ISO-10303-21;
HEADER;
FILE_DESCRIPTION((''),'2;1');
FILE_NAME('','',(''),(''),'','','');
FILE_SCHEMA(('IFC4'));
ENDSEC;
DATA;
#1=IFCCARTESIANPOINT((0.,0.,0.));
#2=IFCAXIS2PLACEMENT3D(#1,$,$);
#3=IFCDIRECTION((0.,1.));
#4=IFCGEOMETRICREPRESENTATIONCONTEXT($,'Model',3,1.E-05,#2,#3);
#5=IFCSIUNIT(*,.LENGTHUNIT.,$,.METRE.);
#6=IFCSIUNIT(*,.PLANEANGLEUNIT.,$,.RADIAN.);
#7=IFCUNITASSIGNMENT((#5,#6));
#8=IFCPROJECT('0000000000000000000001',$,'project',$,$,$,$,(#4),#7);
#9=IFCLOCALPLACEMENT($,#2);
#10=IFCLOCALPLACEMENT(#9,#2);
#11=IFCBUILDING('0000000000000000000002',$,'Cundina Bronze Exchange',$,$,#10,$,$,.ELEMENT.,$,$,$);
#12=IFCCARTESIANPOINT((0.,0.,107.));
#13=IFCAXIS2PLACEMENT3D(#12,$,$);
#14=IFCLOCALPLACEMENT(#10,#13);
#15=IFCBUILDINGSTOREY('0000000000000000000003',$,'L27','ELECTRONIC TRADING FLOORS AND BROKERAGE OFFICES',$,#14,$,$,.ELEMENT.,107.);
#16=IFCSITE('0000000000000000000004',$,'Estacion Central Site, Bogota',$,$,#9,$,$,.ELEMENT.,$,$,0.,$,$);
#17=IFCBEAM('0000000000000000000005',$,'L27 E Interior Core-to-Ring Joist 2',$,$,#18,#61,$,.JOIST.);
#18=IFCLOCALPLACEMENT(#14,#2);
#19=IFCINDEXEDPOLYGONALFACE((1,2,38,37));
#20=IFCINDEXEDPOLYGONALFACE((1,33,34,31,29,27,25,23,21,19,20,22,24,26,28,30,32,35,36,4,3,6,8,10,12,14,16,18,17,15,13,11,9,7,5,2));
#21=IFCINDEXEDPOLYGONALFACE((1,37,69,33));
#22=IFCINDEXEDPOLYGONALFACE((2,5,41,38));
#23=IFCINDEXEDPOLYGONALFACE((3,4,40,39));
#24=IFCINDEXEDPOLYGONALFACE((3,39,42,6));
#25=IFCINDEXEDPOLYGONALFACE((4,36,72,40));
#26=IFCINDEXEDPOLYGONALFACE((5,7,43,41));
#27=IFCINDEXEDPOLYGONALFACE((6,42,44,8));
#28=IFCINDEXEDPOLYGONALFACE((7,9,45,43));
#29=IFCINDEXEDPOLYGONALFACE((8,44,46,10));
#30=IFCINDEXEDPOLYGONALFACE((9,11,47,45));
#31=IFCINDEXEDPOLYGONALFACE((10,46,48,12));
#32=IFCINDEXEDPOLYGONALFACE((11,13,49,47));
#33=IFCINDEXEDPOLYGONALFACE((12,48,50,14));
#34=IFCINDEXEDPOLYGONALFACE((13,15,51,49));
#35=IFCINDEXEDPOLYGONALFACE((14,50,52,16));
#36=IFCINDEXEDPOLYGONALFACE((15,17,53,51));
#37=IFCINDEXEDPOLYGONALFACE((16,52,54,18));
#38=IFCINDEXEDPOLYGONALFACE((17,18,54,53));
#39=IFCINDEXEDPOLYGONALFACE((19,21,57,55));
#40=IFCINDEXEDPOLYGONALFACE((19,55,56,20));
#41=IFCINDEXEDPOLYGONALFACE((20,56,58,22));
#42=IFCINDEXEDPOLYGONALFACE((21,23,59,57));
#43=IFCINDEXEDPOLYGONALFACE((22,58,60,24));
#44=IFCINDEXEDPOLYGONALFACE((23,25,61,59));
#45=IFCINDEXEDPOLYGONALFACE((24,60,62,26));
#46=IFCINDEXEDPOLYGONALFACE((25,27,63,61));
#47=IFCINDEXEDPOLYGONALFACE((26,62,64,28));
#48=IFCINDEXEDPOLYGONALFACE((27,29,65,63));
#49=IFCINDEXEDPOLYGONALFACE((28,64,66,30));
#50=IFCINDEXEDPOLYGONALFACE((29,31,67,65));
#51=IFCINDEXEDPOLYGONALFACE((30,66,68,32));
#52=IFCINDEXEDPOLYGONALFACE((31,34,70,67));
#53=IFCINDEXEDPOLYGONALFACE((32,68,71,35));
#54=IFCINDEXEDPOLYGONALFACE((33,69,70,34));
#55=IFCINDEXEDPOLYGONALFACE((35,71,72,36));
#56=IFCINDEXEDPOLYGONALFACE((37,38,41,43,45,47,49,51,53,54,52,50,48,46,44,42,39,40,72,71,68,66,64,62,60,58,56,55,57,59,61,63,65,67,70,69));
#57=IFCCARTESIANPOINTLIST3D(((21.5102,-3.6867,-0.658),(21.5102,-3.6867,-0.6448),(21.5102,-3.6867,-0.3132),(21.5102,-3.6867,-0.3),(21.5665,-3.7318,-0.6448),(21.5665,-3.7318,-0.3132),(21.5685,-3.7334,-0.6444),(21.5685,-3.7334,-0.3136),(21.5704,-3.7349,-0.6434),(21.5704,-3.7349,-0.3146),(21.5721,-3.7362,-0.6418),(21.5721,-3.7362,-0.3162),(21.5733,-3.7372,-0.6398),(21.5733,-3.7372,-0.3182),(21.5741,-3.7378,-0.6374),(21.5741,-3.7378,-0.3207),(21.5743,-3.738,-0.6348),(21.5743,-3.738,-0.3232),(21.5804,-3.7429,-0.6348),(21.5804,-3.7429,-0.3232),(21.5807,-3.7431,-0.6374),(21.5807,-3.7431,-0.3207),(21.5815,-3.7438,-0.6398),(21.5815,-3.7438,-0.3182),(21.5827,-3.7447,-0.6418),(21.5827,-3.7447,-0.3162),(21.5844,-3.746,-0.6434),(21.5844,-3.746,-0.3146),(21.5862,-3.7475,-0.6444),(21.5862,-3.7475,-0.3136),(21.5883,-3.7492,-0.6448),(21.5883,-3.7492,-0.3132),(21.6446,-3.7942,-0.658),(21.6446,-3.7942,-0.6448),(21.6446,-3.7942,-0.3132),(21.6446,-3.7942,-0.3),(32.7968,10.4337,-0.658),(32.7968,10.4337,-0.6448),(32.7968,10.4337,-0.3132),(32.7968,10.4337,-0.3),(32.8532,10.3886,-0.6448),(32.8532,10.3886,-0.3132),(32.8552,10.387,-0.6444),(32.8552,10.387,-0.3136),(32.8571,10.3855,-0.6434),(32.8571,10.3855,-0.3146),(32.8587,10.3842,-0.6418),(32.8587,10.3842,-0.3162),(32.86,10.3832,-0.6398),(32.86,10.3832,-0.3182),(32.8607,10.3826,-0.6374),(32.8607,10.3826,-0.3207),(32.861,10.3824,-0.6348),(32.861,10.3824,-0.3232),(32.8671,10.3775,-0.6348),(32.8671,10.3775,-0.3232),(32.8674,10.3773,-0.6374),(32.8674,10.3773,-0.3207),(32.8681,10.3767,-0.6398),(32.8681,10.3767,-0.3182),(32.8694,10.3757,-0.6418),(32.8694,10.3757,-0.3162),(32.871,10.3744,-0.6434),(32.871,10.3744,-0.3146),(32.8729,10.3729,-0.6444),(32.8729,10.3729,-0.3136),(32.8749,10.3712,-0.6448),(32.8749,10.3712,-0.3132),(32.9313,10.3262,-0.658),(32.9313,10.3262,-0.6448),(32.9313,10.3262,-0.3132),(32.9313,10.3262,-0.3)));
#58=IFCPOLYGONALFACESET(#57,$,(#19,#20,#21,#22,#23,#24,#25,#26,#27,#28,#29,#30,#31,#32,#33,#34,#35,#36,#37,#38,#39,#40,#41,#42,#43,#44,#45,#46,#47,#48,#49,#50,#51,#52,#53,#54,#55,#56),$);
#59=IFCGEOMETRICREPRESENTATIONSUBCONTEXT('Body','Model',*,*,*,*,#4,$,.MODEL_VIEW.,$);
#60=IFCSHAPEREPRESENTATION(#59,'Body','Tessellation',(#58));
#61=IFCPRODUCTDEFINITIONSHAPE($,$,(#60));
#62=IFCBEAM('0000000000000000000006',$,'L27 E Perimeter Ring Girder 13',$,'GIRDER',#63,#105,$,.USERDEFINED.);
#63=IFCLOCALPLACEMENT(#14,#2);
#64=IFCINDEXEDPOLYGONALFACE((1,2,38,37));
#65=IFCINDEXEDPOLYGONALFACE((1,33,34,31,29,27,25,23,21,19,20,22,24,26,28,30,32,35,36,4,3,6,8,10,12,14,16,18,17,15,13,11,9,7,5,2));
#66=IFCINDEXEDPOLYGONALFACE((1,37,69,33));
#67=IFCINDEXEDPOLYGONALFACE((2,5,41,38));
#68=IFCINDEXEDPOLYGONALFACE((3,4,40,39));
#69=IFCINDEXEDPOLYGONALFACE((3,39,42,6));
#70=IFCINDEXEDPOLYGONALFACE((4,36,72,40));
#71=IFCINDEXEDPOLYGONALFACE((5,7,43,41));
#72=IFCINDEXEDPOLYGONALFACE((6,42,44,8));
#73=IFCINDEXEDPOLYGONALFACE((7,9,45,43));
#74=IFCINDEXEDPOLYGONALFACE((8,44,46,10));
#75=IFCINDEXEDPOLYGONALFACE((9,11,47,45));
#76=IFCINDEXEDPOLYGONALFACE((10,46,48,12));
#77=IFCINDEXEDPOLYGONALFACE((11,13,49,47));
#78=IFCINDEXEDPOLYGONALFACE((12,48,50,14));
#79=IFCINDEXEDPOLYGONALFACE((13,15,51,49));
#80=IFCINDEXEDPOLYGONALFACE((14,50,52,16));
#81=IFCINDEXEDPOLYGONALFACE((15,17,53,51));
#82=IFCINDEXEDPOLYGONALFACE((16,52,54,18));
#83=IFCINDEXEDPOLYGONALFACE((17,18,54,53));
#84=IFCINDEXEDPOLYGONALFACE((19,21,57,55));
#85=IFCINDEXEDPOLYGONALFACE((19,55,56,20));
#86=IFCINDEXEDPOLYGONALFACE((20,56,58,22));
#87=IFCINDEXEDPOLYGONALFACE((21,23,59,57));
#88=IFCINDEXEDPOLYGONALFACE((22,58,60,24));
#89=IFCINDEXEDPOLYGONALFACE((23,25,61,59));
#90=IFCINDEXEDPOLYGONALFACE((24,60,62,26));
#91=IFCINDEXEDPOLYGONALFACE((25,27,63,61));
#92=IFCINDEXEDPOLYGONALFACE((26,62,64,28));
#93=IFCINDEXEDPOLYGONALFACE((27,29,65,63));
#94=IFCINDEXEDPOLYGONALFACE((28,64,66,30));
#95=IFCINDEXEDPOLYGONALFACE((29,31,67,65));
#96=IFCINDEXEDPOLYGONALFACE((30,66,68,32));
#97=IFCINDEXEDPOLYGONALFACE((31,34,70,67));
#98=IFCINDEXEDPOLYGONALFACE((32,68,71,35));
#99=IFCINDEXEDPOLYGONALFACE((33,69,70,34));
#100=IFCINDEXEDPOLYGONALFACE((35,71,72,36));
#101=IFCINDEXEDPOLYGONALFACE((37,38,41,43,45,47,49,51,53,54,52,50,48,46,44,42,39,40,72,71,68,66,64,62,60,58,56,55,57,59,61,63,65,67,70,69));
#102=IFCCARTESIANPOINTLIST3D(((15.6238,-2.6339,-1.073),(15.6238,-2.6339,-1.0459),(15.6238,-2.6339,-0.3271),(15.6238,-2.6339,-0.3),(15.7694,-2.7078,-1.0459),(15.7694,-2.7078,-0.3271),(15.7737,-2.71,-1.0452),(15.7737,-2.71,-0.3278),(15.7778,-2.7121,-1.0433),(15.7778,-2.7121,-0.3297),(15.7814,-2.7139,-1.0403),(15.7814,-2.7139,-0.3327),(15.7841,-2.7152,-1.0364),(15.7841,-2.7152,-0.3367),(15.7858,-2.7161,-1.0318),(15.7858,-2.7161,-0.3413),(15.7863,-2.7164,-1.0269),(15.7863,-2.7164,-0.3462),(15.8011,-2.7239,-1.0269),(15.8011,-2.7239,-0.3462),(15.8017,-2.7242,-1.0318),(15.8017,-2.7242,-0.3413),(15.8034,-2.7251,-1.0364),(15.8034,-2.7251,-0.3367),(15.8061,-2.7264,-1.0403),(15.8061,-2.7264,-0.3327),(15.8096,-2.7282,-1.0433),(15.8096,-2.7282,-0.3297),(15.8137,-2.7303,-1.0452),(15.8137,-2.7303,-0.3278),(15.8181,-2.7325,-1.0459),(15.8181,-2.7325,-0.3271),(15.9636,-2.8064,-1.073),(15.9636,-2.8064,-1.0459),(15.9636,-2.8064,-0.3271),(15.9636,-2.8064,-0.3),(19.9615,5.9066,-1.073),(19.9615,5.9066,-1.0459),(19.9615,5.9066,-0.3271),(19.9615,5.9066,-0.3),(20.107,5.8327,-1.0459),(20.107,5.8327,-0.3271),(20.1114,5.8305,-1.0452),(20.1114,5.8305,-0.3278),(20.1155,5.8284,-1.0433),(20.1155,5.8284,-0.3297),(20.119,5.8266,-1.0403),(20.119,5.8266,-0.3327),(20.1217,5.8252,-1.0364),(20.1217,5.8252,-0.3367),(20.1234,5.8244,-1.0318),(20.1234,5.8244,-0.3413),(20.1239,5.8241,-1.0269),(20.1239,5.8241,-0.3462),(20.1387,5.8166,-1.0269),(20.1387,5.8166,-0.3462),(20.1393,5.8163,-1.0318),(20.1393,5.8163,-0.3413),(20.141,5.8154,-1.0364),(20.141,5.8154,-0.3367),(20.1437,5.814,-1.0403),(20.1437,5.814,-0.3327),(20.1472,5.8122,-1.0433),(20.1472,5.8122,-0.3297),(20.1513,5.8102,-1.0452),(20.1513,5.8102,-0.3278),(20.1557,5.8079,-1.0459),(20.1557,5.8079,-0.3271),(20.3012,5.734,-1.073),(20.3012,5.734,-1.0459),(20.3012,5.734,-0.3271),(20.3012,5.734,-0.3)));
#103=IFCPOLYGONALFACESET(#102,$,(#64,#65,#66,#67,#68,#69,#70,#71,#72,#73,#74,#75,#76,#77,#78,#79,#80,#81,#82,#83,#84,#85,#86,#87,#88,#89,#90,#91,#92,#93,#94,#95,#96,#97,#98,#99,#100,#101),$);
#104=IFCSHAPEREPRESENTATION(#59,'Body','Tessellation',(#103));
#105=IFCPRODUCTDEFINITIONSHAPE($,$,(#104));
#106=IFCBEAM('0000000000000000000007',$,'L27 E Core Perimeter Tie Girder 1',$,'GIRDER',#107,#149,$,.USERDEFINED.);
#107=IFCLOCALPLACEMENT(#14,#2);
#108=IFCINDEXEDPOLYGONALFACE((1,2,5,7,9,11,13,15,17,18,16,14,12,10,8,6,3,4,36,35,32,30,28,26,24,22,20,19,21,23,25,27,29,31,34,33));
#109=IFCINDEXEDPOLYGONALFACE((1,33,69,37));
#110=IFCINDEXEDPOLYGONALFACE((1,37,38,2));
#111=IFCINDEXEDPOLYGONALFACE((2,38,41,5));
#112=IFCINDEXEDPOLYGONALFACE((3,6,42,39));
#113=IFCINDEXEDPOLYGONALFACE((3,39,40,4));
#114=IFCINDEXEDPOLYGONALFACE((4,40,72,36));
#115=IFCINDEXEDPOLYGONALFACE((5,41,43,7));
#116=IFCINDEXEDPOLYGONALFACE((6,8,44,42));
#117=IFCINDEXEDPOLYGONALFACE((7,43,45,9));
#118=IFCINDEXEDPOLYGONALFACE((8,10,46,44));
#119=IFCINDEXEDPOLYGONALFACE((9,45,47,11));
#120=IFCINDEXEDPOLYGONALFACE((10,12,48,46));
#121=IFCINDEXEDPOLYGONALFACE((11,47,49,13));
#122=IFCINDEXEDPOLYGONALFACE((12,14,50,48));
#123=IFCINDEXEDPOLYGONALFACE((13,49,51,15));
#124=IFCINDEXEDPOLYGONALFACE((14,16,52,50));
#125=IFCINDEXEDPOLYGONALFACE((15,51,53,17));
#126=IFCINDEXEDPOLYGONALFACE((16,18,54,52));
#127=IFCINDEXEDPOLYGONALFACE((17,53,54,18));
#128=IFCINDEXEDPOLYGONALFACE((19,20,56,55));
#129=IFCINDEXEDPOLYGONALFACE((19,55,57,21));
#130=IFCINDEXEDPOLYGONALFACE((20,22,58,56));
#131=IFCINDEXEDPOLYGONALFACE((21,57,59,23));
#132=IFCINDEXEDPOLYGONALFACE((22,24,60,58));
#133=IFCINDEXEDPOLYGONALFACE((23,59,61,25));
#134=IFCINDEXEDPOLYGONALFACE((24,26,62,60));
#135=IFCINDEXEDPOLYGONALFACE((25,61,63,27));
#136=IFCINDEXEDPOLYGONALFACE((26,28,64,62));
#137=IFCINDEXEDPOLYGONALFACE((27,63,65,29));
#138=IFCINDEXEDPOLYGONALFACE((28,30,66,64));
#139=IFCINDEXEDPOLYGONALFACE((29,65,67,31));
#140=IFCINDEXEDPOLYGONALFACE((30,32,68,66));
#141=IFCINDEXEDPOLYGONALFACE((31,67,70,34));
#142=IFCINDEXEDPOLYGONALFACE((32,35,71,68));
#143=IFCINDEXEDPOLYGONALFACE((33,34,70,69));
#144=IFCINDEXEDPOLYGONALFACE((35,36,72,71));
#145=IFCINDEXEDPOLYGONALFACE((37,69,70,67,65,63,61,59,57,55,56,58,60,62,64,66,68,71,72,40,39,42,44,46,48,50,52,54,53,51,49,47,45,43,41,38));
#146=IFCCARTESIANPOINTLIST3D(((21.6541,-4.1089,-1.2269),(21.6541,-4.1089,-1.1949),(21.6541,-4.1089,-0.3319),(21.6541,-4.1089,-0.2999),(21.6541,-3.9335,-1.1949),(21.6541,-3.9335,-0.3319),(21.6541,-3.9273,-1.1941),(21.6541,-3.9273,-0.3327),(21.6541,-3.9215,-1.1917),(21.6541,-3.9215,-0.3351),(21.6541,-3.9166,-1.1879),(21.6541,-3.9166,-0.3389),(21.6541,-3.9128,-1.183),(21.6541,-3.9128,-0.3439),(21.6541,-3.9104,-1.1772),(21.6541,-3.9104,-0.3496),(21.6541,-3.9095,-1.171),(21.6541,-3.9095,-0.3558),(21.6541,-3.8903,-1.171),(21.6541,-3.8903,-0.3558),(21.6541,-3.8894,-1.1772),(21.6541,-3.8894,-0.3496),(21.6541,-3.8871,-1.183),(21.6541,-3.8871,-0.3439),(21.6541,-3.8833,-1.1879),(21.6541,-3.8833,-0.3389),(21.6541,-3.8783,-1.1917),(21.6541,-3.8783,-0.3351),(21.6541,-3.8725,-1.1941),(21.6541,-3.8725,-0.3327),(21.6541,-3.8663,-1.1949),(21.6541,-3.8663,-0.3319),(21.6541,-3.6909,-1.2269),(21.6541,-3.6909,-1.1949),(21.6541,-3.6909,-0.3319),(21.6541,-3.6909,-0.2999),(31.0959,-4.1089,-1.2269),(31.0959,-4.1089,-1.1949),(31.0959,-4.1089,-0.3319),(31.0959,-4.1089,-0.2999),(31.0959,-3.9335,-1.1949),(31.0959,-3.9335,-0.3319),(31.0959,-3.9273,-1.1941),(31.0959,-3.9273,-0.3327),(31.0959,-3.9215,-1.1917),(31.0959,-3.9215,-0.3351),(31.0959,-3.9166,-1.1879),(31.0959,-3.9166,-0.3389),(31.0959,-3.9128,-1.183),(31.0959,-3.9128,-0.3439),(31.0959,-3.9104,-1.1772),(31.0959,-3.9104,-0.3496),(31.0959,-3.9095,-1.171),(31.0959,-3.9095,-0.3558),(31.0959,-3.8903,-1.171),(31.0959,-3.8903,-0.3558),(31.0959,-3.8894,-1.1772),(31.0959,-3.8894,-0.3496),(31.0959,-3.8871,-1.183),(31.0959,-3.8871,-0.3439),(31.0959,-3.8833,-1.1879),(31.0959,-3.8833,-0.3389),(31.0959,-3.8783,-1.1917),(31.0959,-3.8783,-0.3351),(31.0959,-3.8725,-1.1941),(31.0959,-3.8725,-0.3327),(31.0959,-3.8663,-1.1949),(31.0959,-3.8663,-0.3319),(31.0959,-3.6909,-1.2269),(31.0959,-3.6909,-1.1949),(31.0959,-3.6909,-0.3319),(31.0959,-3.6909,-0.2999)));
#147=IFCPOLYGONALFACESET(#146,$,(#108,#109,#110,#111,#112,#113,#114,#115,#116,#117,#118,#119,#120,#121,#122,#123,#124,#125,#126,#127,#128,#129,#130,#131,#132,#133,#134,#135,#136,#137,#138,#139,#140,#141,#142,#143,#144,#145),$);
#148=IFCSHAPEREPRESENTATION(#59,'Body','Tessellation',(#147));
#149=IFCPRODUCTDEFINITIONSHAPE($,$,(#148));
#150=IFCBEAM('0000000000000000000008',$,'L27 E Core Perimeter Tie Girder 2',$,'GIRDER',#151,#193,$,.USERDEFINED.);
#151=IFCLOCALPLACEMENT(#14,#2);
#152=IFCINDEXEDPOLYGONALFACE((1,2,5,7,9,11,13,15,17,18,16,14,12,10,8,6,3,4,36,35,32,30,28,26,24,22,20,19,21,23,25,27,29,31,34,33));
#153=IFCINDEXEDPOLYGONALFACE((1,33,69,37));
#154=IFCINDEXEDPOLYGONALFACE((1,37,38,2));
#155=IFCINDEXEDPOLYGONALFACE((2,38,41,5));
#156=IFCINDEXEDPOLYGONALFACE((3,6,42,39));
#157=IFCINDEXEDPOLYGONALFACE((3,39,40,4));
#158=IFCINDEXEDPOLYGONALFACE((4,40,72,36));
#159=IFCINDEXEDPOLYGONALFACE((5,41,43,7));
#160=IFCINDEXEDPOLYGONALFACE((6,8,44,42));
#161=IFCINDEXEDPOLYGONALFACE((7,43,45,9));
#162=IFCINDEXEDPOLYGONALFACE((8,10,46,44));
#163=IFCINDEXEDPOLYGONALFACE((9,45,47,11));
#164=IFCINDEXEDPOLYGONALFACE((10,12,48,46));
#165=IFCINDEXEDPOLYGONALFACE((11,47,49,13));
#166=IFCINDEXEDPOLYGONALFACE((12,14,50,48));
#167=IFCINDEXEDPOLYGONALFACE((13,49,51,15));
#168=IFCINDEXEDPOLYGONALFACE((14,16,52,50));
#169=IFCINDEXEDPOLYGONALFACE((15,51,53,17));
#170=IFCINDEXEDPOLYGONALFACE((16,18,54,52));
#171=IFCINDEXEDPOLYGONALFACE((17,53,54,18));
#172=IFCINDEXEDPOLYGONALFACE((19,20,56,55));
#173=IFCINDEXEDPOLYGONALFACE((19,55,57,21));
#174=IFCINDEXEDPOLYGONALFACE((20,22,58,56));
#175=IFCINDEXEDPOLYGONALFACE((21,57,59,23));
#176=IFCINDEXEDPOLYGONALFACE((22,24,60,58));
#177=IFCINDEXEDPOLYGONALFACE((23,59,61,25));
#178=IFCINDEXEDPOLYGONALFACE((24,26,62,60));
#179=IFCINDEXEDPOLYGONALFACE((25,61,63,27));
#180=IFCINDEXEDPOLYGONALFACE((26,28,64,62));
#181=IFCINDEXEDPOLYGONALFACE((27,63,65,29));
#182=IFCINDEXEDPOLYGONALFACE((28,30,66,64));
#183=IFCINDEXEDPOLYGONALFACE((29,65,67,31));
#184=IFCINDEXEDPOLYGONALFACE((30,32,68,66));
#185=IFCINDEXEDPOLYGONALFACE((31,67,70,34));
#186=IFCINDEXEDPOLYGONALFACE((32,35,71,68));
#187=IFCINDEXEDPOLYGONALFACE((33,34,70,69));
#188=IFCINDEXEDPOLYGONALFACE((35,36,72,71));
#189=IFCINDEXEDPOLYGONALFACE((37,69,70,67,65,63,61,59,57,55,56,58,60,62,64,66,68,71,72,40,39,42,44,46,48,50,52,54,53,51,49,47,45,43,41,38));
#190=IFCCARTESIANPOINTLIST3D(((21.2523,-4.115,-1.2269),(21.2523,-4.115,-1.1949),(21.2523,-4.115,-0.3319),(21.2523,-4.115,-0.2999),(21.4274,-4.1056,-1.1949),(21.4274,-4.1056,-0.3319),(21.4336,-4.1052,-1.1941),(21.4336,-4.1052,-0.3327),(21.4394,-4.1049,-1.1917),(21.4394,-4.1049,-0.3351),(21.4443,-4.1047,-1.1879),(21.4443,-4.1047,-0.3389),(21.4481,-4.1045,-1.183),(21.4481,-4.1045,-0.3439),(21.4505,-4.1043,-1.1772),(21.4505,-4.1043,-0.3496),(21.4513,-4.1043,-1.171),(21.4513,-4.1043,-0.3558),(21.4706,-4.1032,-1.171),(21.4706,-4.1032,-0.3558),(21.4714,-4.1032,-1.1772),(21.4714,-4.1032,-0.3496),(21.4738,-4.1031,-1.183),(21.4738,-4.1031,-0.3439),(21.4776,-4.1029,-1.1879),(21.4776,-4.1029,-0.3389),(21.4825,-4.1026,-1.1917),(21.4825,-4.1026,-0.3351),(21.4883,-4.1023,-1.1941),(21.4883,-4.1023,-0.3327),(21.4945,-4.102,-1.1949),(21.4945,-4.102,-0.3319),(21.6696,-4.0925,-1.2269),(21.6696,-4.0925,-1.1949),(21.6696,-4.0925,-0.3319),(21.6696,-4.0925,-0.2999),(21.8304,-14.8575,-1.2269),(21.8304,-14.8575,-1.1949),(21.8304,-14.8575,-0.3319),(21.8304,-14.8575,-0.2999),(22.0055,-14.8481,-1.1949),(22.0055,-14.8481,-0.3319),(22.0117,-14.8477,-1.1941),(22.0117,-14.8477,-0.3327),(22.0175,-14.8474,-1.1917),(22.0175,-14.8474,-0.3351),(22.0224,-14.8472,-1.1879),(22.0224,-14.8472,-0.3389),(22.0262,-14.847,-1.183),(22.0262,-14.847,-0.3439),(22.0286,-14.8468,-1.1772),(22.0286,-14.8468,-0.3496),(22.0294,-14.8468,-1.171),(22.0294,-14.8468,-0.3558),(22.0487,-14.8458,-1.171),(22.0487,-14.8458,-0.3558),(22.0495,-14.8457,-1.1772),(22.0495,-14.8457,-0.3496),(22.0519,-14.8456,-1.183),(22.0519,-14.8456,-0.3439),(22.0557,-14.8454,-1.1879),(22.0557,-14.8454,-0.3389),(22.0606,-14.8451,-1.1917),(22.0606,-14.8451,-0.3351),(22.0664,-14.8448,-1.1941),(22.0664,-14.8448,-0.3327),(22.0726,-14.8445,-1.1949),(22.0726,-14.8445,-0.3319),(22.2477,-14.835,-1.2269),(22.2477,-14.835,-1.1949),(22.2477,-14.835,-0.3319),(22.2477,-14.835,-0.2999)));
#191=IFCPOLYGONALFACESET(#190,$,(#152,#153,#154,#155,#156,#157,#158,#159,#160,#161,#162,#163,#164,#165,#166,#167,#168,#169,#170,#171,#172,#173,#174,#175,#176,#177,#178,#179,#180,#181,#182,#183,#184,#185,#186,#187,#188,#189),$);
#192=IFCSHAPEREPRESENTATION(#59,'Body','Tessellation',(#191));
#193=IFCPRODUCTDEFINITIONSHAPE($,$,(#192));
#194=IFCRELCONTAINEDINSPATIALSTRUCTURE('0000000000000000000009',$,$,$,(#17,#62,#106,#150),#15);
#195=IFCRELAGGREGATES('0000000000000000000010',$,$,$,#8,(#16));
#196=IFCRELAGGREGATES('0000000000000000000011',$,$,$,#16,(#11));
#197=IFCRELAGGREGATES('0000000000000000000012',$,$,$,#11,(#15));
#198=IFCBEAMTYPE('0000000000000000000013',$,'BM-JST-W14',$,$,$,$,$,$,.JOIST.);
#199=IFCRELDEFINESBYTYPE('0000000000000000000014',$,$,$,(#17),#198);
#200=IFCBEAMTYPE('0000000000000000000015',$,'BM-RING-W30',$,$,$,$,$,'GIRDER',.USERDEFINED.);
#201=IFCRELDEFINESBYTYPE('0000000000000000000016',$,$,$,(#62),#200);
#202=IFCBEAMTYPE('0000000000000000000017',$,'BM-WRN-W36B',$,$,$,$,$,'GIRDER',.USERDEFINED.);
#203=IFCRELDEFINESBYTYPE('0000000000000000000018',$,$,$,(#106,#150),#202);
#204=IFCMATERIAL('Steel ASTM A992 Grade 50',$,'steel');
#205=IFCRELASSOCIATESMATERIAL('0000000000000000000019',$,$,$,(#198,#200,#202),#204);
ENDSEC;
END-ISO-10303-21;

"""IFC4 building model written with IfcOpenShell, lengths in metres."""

from ifc_helpers import new_model, si_unit, direction, frame, origin, origin_2d, place, context, subcontext, project, spatial, i_section, extrude, material, material_profile, profile_set, type_object, element, save


model = new_model("IFC4")

# Units and contexts
model_context = context("Model", 3, precision=1e-05, world=origin(), true_north=direction((0.0, 1.0)))
body_context = subcontext(model_context, "Body", "Model", "MODEL_VIEW")
ifc_project = project(units=[si_unit("LENGTHUNIT", "METRE"), si_unit("PLANEANGLEUNIT", "RADIAN")], contexts=[model_context])

# Site, building, storey
site_placement = place(None, origin())
site = spatial("IfcSite", under=ifc_project, at=site_placement, Name="Estacion Central Site, Bogota", CompositionType="ELEMENT", RefElevation=0.0)
building_placement = place(site_placement, origin())
building = spatial("IfcBuilding", under=site, at=building_placement, Name="Cundina Bronze Exchange", CompositionType="ELEMENT")
storey_placement = place(building_placement, frame((0.0, 0.0, 107.0)))
storey = spatial("IfcBuildingStorey", under=building, at=storey_placement, Name="L27", Description="ELECTRONIC TRADING FLOORS AND BROKERAGE OFFICES", CompositionType="ELEMENT", Elevation=107.0)

# Shared definitions
ifc_material_1 = material(Name="Steel ASTM A992 Grade 50", Category="steel")

# Beams
ifc_material_profile_1 = material_profile(ifc_material_1, i_section(OverallWidth=0.1721, OverallDepth=0.3579, WebThickness=0.0078, FlangeThickness=0.0132, FilletRadius=0.01, at=origin_2d()), Name="W14X38", Category="steel")
ifc_profile_set_1 = profile_set([ifc_material_profile_1], Name="Steel ASTM A992 Grade 50")
beam_type_1 = type_object("IfcBeamType", Name="BM-JST-W14", PredefinedType="JOIST", material=ifc_profile_set_1)
beam_1_placement = place(storey_placement, frame((21.5774, -3.7405, -0.479), z_axis=(0.624369, 0.78113, 0.0), x_axis=(-0.78113, 0.624369, 0.0)))
element("IfcBeam", 1, at=beam_1_placement, inside=storey, type_object=beam_type_1, Name="L27 E Interior Core-to-Ring Joist 2", PredefinedType="JOIST", context=body_context, shape_type="SweptSolid", body=[
    extrude(i_section(OverallWidth=0.1721, OverallDepth=0.3579, WebThickness=0.0078, FlangeThickness=0.0132, FilletRadius=0.01, at=origin_2d()), origin(), (0.0, 0.0, 1.0), 18.0769),
])
ifc_material_profile_2 = material_profile(ifc_material_1, i_section(OverallWidth=0.3811, OverallDepth=0.7729, WebThickness=0.0166, FlangeThickness=0.0271, FilletRadius=0.019, at=origin_2d()), Name="W30X173", Category="steel")
ifc_profile_set_2 = profile_set([ifc_material_profile_2], Name="Steel ASTM A992 Grade 50")
beam_type_2 = type_object("IfcBeamType", Name="BM-RING-W30", ElementType="GIRDER", PredefinedType="USERDEFINED", material=ifc_profile_set_2)
beam_2_placement = place(storey_placement, frame((20.1313, 5.8203, -0.6865), z_axis=(-0.452832, -0.891596, 0.0), x_axis=(0.891596, -0.452832, 0.0)))
element("IfcBeam", 2, at=beam_2_placement, inside=storey, type_object=beam_type_2, Name="L27 E Perimeter Ring Girder 13", ObjectType="GIRDER", PredefinedType="USERDEFINED", context=body_context, shape_type="SweptSolid", body=[
    extrude(i_section(OverallWidth=0.3811, OverallDepth=0.7729, WebThickness=0.0166, FlangeThickness=0.0271, FilletRadius=0.019, at=origin_2d()), origin(), (0.0, 0.0, 1.0), 9.5789),
])
ifc_material_profile_3 = material_profile(ifc_material_1, i_section(OverallWidth=0.418, OverallDepth=0.927, WebThickness=0.0193, FlangeThickness=0.032, FilletRadius=0.0239, at=origin_2d()), Name="W36X231", Category="steel")
ifc_profile_set_3 = profile_set([ifc_material_profile_3], Name="Steel ASTM A992 Grade 50")
beam_type_3 = type_object("IfcBeamType", Name="BM-WRN-W36B", ElementType="GIRDER", PredefinedType="USERDEFINED", material=ifc_profile_set_3)
beam_3_placement = place(storey_placement, frame((31.0959, -3.8999, -0.7634), z_axis=(-1.0, 0.0, 0.0), x_axis=(0.0, -1.0, 0.0)))
element("IfcBeam", 3, at=beam_3_placement, inside=storey, type_object=beam_type_3, Name="L27 E Core Perimeter Tie Girder 1", ObjectType="GIRDER", PredefinedType="USERDEFINED", context=body_context, shape_type="SweptSolid", body=[
    extrude(i_section(OverallWidth=0.418, OverallDepth=0.927, WebThickness=0.0193, FlangeThickness=0.032, FilletRadius=0.0239, at=origin_2d()), origin(), (0.0, 0.0, 1.0), 9.4419),
])
beam_4_placement = place(storey_placement, frame((21.4609, -4.1038, -0.7634), z_axis=(0.053739, -0.998555, 0.0), x_axis=(0.998555, 0.053739, 0.0)))
element("IfcBeam", 4, at=beam_4_placement, inside=storey, type_object=beam_type_3, Name="L27 E Core Perimeter Tie Girder 2", ObjectType="GIRDER", PredefinedType="USERDEFINED", context=body_context, shape_type="SweptSolid", body=[
    extrude(i_section(OverallWidth=0.418, OverallDepth=0.927, WebThickness=0.0193, FlangeThickness=0.032, FilletRadius=0.0239, at=origin_2d()), origin(), (0.0, 0.0, 1.0), 10.7581),
])

save(model, "model.ifc")
